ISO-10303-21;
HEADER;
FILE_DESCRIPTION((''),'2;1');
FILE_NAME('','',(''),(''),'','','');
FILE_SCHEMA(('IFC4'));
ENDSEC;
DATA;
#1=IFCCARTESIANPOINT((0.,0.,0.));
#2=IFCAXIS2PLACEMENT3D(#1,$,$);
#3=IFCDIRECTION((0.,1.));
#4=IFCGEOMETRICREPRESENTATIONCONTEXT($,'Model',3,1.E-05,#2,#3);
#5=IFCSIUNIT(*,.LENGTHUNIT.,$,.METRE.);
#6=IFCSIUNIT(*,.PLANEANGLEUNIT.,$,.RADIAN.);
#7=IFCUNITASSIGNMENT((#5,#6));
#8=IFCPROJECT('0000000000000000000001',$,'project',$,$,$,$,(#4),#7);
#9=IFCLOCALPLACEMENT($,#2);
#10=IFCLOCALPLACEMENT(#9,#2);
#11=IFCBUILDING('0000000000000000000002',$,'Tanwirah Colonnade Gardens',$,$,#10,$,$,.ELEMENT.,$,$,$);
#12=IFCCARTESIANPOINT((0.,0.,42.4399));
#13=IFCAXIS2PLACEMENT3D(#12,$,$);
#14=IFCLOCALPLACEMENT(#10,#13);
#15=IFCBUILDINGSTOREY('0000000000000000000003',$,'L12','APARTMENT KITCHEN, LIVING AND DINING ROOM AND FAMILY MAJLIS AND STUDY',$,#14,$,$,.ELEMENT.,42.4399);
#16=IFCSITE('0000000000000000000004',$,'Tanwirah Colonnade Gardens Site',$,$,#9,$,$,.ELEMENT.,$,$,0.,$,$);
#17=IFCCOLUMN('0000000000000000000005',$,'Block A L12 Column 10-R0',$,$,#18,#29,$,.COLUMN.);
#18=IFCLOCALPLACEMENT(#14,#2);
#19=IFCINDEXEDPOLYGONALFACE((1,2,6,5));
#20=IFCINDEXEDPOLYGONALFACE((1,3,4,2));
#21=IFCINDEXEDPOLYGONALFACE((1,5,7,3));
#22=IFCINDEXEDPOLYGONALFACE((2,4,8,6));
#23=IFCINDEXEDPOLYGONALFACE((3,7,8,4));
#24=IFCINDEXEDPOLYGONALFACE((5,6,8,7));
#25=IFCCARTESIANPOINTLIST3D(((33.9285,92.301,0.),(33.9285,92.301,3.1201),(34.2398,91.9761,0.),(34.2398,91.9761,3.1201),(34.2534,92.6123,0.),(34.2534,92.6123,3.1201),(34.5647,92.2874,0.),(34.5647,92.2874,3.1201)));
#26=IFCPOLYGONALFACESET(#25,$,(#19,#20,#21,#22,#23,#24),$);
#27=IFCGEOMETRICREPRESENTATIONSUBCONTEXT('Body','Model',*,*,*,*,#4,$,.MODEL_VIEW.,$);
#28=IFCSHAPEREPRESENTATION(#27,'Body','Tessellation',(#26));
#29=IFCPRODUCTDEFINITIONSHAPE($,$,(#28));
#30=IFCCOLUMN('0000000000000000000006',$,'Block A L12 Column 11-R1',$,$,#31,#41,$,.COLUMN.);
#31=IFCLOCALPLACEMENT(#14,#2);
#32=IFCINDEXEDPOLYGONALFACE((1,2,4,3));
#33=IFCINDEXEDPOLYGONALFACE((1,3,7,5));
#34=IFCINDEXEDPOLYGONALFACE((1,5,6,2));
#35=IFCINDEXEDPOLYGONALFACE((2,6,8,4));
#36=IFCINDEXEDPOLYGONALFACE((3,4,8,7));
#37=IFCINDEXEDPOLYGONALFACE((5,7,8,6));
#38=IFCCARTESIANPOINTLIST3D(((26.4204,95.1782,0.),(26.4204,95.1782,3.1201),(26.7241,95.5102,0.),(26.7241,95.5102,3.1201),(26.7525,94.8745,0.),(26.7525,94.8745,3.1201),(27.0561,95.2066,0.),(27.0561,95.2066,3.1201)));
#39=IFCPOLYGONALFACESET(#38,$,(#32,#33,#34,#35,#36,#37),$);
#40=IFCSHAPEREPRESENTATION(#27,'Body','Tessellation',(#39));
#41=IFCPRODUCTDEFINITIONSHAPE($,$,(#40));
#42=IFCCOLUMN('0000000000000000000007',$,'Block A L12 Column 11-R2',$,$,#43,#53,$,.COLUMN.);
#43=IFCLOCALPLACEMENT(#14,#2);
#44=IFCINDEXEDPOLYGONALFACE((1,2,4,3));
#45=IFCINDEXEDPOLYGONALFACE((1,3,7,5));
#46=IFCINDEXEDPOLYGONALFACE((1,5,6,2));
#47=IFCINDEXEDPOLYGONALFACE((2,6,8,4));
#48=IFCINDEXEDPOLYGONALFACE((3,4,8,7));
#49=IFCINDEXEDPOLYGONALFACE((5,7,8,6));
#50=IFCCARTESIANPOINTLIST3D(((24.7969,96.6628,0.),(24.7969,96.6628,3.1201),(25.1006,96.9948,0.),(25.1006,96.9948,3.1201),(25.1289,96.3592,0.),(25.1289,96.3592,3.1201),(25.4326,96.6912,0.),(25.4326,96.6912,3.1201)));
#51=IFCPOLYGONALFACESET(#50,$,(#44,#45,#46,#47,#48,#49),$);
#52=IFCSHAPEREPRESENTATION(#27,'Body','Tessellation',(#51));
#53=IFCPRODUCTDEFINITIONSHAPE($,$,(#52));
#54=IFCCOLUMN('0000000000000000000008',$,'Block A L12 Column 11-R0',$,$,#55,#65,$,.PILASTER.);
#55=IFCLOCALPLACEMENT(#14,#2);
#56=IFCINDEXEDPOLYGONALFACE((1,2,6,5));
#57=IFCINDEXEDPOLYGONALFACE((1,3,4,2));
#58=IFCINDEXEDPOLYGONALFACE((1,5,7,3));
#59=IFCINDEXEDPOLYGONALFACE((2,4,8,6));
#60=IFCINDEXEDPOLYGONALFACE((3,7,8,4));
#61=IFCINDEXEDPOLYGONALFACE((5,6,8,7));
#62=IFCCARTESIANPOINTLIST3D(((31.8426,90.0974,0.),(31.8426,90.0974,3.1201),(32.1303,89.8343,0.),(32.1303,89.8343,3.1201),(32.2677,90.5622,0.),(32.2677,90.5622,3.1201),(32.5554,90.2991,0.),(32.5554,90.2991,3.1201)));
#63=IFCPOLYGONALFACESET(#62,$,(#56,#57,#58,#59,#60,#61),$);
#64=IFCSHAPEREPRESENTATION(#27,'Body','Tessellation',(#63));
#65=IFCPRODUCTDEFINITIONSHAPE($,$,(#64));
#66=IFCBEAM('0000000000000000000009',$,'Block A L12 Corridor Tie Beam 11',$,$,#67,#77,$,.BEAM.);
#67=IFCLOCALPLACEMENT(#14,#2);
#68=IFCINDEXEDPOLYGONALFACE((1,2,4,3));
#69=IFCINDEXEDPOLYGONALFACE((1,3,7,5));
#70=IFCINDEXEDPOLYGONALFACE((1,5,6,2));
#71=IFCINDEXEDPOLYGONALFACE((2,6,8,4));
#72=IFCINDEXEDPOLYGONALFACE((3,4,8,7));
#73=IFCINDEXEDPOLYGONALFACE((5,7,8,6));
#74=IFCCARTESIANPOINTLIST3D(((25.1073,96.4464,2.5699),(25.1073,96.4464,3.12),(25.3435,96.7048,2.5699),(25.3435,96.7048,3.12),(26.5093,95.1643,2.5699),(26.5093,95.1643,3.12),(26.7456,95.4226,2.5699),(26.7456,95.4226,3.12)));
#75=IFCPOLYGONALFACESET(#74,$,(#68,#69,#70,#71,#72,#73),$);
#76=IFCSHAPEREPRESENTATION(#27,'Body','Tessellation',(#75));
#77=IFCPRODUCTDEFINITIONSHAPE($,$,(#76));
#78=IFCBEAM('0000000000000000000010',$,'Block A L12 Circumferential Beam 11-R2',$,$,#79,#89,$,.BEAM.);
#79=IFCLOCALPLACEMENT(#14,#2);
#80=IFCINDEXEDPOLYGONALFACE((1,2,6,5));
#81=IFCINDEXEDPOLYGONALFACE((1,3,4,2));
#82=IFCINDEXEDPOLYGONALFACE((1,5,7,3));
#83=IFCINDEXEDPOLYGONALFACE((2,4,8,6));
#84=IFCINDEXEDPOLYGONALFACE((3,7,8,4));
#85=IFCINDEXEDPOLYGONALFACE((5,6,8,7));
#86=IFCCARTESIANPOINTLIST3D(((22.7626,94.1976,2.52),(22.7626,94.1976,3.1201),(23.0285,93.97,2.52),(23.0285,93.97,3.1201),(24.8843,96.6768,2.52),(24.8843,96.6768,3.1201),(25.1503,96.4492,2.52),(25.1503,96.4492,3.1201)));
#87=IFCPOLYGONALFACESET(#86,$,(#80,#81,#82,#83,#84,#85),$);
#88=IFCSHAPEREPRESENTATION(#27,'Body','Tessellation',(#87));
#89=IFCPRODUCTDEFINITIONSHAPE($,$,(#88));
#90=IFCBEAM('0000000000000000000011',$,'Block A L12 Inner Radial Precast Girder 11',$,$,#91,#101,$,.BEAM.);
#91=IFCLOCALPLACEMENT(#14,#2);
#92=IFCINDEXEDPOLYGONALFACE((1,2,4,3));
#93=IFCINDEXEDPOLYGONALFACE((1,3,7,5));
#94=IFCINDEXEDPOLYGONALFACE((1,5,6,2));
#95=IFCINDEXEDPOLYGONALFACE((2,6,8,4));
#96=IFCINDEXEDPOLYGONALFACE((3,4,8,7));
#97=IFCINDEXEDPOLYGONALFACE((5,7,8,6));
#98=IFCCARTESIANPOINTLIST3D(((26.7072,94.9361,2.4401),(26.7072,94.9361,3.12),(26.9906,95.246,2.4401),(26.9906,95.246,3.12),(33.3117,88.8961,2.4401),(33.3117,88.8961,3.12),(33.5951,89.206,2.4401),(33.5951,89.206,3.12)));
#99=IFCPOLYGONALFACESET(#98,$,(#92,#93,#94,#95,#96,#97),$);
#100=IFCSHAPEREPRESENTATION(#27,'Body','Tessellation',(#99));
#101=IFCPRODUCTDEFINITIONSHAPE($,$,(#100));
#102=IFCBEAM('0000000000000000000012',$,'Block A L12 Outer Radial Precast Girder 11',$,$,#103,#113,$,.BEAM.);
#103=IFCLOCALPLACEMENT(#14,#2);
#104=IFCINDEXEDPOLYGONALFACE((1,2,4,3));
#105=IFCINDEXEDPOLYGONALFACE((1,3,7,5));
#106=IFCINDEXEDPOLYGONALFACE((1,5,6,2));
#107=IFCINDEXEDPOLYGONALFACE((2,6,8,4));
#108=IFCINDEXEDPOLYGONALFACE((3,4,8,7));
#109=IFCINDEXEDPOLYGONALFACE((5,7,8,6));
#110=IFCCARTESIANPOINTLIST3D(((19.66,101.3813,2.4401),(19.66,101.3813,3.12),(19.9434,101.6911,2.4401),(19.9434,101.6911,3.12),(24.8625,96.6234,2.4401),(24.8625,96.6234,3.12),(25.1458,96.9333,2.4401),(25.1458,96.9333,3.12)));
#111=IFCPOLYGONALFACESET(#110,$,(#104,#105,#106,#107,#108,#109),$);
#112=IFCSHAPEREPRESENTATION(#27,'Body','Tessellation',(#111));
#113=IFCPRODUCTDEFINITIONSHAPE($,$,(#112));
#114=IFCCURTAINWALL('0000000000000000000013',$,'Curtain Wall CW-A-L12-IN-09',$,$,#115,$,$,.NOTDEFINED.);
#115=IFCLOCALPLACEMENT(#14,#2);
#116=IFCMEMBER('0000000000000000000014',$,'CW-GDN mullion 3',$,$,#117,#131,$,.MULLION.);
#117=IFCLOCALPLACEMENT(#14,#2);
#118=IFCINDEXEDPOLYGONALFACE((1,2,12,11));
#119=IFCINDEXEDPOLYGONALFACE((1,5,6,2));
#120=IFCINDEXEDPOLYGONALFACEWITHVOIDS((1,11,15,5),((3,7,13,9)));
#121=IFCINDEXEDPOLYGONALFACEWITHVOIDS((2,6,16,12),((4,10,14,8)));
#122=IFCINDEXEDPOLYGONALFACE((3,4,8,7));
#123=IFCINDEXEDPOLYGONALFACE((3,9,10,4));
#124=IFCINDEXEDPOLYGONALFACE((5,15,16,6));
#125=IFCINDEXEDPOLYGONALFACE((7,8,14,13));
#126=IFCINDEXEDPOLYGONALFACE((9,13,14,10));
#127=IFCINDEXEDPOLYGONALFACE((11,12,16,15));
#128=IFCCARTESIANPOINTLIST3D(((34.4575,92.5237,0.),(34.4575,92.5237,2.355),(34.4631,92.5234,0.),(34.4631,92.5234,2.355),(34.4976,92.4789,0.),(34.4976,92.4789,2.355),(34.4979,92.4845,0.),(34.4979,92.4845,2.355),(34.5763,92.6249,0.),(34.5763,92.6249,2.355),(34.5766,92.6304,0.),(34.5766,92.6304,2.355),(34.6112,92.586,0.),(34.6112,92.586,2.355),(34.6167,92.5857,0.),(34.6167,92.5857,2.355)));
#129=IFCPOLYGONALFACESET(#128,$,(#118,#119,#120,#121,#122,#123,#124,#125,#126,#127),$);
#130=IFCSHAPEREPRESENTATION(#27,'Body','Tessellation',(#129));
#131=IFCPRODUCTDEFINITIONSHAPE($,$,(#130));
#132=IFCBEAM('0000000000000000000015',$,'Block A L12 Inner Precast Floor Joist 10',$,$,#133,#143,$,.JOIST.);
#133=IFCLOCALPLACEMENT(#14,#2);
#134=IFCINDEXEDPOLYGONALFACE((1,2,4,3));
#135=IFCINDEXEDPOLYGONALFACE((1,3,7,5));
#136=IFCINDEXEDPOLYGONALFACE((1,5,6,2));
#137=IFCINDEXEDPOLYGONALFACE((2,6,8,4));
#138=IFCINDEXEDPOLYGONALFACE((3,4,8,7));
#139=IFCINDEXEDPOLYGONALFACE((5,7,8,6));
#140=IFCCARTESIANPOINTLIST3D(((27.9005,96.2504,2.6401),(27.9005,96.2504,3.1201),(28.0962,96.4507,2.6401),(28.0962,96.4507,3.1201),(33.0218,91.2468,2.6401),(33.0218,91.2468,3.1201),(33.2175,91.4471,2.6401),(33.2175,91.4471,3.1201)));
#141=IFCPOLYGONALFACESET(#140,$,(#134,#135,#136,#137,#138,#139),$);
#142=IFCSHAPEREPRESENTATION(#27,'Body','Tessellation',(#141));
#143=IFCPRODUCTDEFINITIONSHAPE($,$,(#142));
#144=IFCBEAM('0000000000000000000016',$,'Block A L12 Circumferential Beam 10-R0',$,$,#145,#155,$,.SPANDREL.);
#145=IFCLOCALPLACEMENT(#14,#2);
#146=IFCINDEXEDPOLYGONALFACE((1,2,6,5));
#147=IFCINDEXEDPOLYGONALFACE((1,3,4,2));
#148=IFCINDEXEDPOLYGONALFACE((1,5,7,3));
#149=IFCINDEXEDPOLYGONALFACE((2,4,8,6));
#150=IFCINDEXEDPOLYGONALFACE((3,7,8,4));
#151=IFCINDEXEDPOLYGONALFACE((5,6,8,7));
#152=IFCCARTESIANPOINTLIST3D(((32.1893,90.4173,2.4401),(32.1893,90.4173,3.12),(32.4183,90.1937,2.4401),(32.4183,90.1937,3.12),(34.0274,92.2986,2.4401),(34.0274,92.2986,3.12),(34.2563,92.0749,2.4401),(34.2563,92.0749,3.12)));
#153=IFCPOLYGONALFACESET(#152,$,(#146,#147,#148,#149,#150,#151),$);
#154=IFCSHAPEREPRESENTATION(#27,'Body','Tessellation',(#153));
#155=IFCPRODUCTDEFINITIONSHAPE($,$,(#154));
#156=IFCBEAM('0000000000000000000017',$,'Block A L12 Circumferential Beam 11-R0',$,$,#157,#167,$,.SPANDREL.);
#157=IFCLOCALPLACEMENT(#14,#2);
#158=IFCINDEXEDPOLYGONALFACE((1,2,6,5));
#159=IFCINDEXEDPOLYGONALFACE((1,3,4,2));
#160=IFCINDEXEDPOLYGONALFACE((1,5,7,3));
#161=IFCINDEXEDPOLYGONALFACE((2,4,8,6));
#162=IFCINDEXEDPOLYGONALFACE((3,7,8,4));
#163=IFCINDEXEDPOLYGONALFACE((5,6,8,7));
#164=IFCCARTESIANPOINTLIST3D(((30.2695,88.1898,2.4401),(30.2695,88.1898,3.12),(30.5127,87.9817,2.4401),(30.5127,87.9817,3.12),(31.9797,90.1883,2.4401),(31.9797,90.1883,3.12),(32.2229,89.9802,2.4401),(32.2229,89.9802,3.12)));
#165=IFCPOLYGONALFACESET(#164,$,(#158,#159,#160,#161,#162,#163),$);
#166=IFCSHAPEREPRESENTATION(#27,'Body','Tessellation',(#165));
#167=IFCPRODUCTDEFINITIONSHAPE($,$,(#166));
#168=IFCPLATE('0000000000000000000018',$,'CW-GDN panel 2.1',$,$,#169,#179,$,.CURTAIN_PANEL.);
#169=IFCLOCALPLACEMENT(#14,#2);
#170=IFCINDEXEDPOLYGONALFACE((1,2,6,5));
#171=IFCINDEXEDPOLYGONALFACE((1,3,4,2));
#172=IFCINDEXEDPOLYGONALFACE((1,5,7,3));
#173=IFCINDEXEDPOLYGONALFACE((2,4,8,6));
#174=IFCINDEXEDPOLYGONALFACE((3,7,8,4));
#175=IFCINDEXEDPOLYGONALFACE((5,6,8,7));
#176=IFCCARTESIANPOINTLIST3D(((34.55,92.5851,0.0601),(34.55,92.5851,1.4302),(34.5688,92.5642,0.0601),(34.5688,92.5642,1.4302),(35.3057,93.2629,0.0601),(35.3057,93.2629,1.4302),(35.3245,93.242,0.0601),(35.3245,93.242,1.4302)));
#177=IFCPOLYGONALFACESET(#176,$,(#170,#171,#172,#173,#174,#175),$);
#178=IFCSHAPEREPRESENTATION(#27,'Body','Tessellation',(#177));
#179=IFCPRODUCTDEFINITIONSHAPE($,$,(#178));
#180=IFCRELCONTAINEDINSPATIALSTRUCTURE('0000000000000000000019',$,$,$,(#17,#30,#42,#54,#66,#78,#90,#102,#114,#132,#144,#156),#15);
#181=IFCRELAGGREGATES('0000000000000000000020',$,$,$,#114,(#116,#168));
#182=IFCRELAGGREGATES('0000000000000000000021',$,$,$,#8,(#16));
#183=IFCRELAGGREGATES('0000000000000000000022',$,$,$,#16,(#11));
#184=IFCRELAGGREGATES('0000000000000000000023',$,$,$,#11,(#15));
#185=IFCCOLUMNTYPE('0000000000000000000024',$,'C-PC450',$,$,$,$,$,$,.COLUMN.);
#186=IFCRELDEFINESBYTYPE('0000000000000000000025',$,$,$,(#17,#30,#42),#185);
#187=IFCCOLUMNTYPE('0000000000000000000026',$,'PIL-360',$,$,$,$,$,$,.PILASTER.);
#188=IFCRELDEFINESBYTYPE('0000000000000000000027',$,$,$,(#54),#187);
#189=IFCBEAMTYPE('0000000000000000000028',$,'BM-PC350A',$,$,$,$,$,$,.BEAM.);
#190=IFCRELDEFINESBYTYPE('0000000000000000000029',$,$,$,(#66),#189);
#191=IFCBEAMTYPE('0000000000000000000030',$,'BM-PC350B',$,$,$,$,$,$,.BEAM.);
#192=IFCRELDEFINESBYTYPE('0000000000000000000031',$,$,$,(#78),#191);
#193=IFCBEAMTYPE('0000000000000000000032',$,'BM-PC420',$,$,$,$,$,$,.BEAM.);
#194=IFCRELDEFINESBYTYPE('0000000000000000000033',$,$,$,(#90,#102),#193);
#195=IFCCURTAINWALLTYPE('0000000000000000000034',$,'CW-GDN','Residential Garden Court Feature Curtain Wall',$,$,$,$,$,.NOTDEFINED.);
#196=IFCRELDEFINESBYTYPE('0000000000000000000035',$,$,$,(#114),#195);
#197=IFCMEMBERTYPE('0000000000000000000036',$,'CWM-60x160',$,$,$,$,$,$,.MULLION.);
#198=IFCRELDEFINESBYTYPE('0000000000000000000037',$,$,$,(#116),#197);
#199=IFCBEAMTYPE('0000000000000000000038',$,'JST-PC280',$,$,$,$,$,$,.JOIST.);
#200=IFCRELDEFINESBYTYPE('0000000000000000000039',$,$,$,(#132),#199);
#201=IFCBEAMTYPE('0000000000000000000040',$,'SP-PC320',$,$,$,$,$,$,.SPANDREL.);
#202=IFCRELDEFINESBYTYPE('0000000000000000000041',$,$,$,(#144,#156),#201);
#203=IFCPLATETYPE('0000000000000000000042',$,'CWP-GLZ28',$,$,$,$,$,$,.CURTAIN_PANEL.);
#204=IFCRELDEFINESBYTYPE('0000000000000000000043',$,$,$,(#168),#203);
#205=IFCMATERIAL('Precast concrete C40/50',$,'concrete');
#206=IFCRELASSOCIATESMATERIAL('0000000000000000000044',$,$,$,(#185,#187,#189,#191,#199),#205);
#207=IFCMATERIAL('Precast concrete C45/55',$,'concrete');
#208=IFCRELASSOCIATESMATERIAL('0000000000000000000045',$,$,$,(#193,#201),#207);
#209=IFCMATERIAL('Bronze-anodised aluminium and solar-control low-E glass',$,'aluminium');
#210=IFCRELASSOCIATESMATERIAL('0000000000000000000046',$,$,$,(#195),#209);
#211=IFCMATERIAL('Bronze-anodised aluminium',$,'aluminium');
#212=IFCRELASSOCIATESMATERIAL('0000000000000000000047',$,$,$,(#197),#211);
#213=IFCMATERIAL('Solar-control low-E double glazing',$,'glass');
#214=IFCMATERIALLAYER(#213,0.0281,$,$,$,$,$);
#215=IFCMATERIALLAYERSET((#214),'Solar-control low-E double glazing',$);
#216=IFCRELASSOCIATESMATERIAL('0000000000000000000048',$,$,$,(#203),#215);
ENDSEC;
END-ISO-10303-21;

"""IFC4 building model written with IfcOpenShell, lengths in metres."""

from ifc_helpers import new_model, si_unit, direction, frame, origin, origin_2d, place, context, subcontext, project, spatial, rectangle, hollow_rectangle, extrude, material, layer, layer_set, material_profile, profile_set, type_object, element, aggregate, save


model = new_model("IFC4")

# Units and contexts
model_context = context("Model", 3, precision=1e-05, world=origin(), true_north=direction((0.0, 1.0)))
body_context = subcontext(model_context, "Body", "Model", "MODEL_VIEW")
ifc_project = project(units=[si_unit("LENGTHUNIT", "METRE"), si_unit("PLANEANGLEUNIT", "RADIAN")], contexts=[model_context])

# Site, building, storey
site_placement = place(None, origin())
site = spatial("IfcSite", under=ifc_project, at=site_placement, Name="Tanwirah Colonnade Gardens Site", CompositionType="ELEMENT", RefElevation=0.0)
building_placement = place(site_placement, origin())
building = spatial("IfcBuilding", under=site, at=building_placement, Name="Tanwirah Colonnade Gardens", CompositionType="ELEMENT")
storey_placement = place(building_placement, frame((0.0, 0.0, 42.4399)))
storey = spatial("IfcBuildingStorey", under=building, at=storey_placement, Name="L12", Description="APARTMENT KITCHEN, LIVING AND DINING ROOM AND FAMILY MAJLIS AND STUDY", CompositionType="ELEMENT", Elevation=42.4399)

# Columns
ifc_material_1 = material(Name="Precast concrete C40/50", Category="concrete")
ifc_material_profile_1 = material_profile(ifc_material_1, rectangle(XDim=0.45, YDim=0.45, at=origin_2d()), Name="PC-COL 450x450")
ifc_profile_set_1 = profile_set([ifc_material_profile_1], Name="Precast concrete C40/50")
column_type_1 = type_object("IfcColumnType", Name="C-PC450", PredefinedType="COLUMN", material=ifc_profile_set_1)
for number, where, z_axis, x_axis, name in (
    (1, (34.2466, 92.2942, 0.0), (0.0, 0.0, 1.0), (-0.691863, 0.722029, 0.0), "Block A L12 Column 10-R0"),
    (2, (26.7383, 95.1924, 0.0), (0.0, 0.0, 1.0), (-0.737932, 0.674875, 0.0), "Block A L12 Column 11-R1"),
    (3, (25.1147, 96.677, 0.0), (0.0, 0.0, 1.0), (-0.737932, 0.674875, 0.0), "Block A L12 Column 11-R2"),
):
    element("IfcColumn", number, at=place(storey_placement, frame(where, z_axis=z_axis, x_axis=x_axis)), inside=storey, type_object=column_type_1, Name=name, PredefinedType="COLUMN", context=body_context, shape_type="SweptSolid", body=[
        extrude(rectangle(XDim=0.45, YDim=0.45, at=origin_2d()), origin(), (0.0, 0.0, 1.0), 3.1201),
    ])
ifc_material_profile_2 = material_profile(ifc_material_1, rectangle(XDim=0.3899, YDim=0.6299, at=origin_2d()), Name="PC-PIL 390x630")
ifc_profile_set_2 = profile_set([ifc_material_profile_2], Name="Precast concrete C40/50")
column_type_2 = type_object("IfcColumnType", Name="PIL-360", PredefinedType="PILASTER", material=ifc_profile_set_2)
column_placement = place(storey_placement, frame((32.199, 90.1982, 0.0), z_axis=(0.0, 0.0, 1.0), x_axis=(-0.737932, 0.674875, 0.0)))
element("IfcColumn", 4, at=column_placement, inside=storey, type_object=column_type_2, Name="Block A L12 Column 11-R0", PredefinedType="PILASTER", context=body_context, shape_type="SweptSolid", body=[
    extrude(rectangle(XDim=0.3899, YDim=0.6299, at=origin_2d()), origin(), (0.0, 0.0, 1.0), 3.1201),
])

# Beams
ifc_material_profile_3 = material_profile(ifc_material_1, rectangle(XDim=0.3501, YDim=0.55, at=origin_2d()), Name="PC-BM 350x550")
ifc_profile_set_3 = profile_set([ifc_material_profile_3], Name="Precast concrete C40/50")
beam_type_1 = type_object("IfcBeamType", Name="BM-PC350A", PredefinedType="BEAM", material=ifc_profile_set_3)
beam_1_placement = place(storey_placement, frame((26.6274, 95.2935, 2.845), z_axis=(-0.737948, 0.674857, 0.0), x_axis=(-0.674857, -0.737948, 0.0)))
element("IfcBeam", 5, at=beam_1_placement, inside=storey, type_object=beam_type_1, Name="Block A L12 Corridor Tie Beam 11", PredefinedType="BEAM", context=body_context, shape_type="SweptSolid", body=[
    extrude(rectangle(XDim=0.3501, YDim=0.55, at=origin_2d()), origin(), (0.0, 0.0, 1.0), 1.8999),
])
ifc_material_profile_4 = material_profile(ifc_material_1, rectangle(XDim=0.3501, YDim=0.6001, at=origin_2d()), Name="PC-BM 350x600")
ifc_profile_set_4 = profile_set([ifc_material_profile_4], Name="Precast concrete C40/50")
beam_type_2 = type_object("IfcBeamType", Name="BM-PC350B", PredefinedType="BEAM", material=ifc_profile_set_4)
beam_2_placement = place(storey_placement, frame((25.0173, 96.563, 2.8201), z_axis=(-0.650218, -0.759748, 0.0), x_axis=(0.759748, -0.650218, 0.0)))
element("IfcBeam", 6, at=beam_2_placement, inside=storey, type_object=beam_type_2, Name="Block A L12 Circumferential Beam 11-R2", PredefinedType="BEAM", context=body_context, shape_type="SweptSolid", body=[
    extrude(rectangle(XDim=0.3501, YDim=0.6001, at=origin_2d()), origin(), (0.0, 0.0, 1.0), 3.2632),
])
ifc_material_2 = material(Name="Precast concrete C45/55", Category="concrete")
ifc_material_profile_5 = material_profile(ifc_material_2, rectangle(XDim=0.4199, YDim=0.6799, at=origin_2d()), Name="PC-BM 420x680")
ifc_profile_set_5 = profile_set([ifc_material_profile_5], Name="Precast concrete C45/55")
beam_type_3 = type_object("IfcBeamType", Name="BM-PC420", PredefinedType="BEAM", material=ifc_profile_set_5)
beam_3_placement = place(storey_placement, frame((26.8489, 95.0911, 2.78), z_axis=(0.737937, -0.674869, 0.0), x_axis=(0.674869, 0.737937, 0.0)))
element("IfcBeam", 7, at=beam_3_placement, inside=storey, type_object=beam_type_3, Name="Block A L12 Inner Radial Precast Girder 11", PredefinedType="BEAM", context=body_context, shape_type="SweptSolid", body=[
    extrude(rectangle(XDim=0.4199, YDim=0.6799, at=origin_2d()), origin(), (0.0, 0.0, 1.0), 8.95),
])
beam_4_placement = place(storey_placement, frame((25.0042, 96.7783, 2.78), z_axis=(-0.737934, 0.674873, 0.0), x_axis=(-0.674873, -0.737934, 0.0)))
element("IfcBeam", 8, at=beam_4_placement, inside=storey, type_object=beam_type_3, Name="Block A L12 Outer Radial Precast Girder 11", PredefinedType="BEAM", context=body_context, shape_type="SweptSolid", body=[
    extrude(rectangle(XDim=0.4199, YDim=0.6799, at=origin_2d()), origin(), (0.0, 0.0, 1.0), 7.05),
])

# Curtain wall, member
ifc_material_3 = material(Name="Bronze-anodised aluminium and solar-control low-E glass", Category="aluminium")
curtain_wall_type = type_object("IfcCurtainWallType", Name="CW-GDN", Description="Residential Garden Court Feature Curtain Wall", PredefinedType="NOTDEFINED", material=ifc_material_3)
curtain_wall_placement = place(storey_placement, origin())
curtain_wall = element("IfcCurtainWall", 9, at=curtain_wall_placement, inside=storey, type_object=curtain_wall_type, Name="Curtain Wall CW-A-L12-IN-09", PredefinedType="NOTDEFINED")
ifc_material_4 = material(Name="Bronze-anodised aluminium", Category="aluminium")
ifc_material_profile_6 = material_profile(ifc_material_4, hollow_rectangle(XDim=0.0601, YDim=0.1599, WallThickness=0.0039, at=origin_2d()), Name="CW-MUL 60x160x4")
ifc_profile_set_6 = profile_set([ifc_material_profile_6], Name="Bronze-anodised aluminium")
member_type = type_object("IfcMemberType", Name="CWM-60x160", PredefinedType="MULLION", material=ifc_profile_set_6)
member_placement = place(storey_placement, frame((34.5371, 92.5547, 0.0), z_axis=(0.0, 0.0, 1.0), x_axis=(0.667689, -0.74444, 0.0)))
member = element("IfcMember", 10, at=member_placement, type_object=member_type, Name="CW-GDN mullion 3", PredefinedType="MULLION", context=body_context, shape_type="SweptSolid", body=[
    extrude(hollow_rectangle(XDim=0.0601, YDim=0.1599, WallThickness=0.0039, at=origin_2d()), origin(), (0.0, 0.0, 1.0), 2.355),
])

# Beams
ifc_material_profile_7 = material_profile(ifc_material_1, rectangle(XDim=0.28, YDim=0.48, at=origin_2d()), Name="PC-JST 280x480")
ifc_profile_set_7 = profile_set([ifc_material_profile_7], Name="Precast concrete C40/50")
beam_type_4 = type_object("IfcBeamType", Name="JST-PC280", PredefinedType="JOIST", material=ifc_profile_set_7)
beam_5_placement = place(storey_placement, frame((33.1196, 91.3469, 2.8801), z_axis=(-0.715277, 0.698841, 0.0), x_axis=(-0.698841, -0.715277, 0.0)))
element("IfcBeam", 11, at=beam_5_placement, inside=storey, type_object=beam_type_4, Name="Block A L12 Inner Precast Floor Joist 10", PredefinedType="JOIST", context=body_context, shape_type="SweptSolid", body=[
    extrude(rectangle(XDim=0.28, YDim=0.48, at=origin_2d()), origin(), (0.0, 0.0, 1.0), 7.1599),
])
ifc_material_profile_8 = material_profile(ifc_material_2, rectangle(XDim=0.3201, YDim=0.6799, at=origin_2d()), Name="PC-SP 320x680")
ifc_profile_set_8 = profile_set([ifc_material_profile_8], Name="Precast concrete C45/55")
beam_type_5 = type_object("IfcBeamType", Name="SP-PC320", PredefinedType="SPANDREL", material=ifc_profile_set_8)
beam_6_placement = place(storey_placement, frame((34.1418, 92.1868, 2.78), z_axis=(-0.698844, -0.715274, 0.0), x_axis=(0.715274, -0.698844, 0.0)))
element("IfcBeam", 12, at=beam_6_placement, inside=storey, type_object=beam_type_5, Name="Block A L12 Circumferential Beam 10-R0", PredefinedType="SPANDREL", context=body_context, shape_type="SweptSolid", body=[
    extrude(rectangle(XDim=0.3201, YDim=0.6799, at=origin_2d()), origin(), (0.0, 0.0, 1.0), 2.6301),
])
beam_7_placement = place(storey_placement, frame((32.1013, 90.0842, 2.78), z_axis=(-0.650172, -0.759787, 0.0), x_axis=(0.759787, -0.650172, 0.0)))
element("IfcBeam", 13, at=beam_7_placement, inside=storey, type_object=beam_type_5, Name="Block A L12 Circumferential Beam 11-R0", PredefinedType="SPANDREL", context=body_context, shape_type="SweptSolid", body=[
    extrude(rectangle(XDim=0.3201, YDim=0.6799, at=origin_2d()), origin(), (0.0, 0.0, 1.0), 2.6304),
])

# Plate
ifc_material_5 = material(Name="Solar-control low-E double glazing", Category="glass")
ifc_layer_1 = layer(ifc_material_5, 0.0281)
ifc_layer_set_1 = layer_set([ifc_layer_1], Name="Solar-control low-E double glazing")
plate_type = type_object("IfcPlateType", Name="CWP-GLZ28", PredefinedType="CURTAIN_PANEL", material=ifc_layer_set_1)
plate_1_placement = place(storey_placement, frame((34.9373, 92.9136, 0.0601), z_axis=(0.0, 0.0, 1.0), x_axis=(-0.74444, -0.667689, 0.0)))
plate_1 = element("IfcPlate", 14, at=plate_1_placement, type_object=plate_type, Name="CW-GDN panel 2.1", PredefinedType="CURTAIN_PANEL", context=body_context, shape_type="SweptSolid", body=[
    extrude(rectangle(XDim=1.0151, YDim=0.0281, at=origin_2d()), origin(), (0.0, 0.0, 1.0), 1.3701),
])
aggregate(curtain_wall, [member, plate_1])

save(model, "model.ifc")
